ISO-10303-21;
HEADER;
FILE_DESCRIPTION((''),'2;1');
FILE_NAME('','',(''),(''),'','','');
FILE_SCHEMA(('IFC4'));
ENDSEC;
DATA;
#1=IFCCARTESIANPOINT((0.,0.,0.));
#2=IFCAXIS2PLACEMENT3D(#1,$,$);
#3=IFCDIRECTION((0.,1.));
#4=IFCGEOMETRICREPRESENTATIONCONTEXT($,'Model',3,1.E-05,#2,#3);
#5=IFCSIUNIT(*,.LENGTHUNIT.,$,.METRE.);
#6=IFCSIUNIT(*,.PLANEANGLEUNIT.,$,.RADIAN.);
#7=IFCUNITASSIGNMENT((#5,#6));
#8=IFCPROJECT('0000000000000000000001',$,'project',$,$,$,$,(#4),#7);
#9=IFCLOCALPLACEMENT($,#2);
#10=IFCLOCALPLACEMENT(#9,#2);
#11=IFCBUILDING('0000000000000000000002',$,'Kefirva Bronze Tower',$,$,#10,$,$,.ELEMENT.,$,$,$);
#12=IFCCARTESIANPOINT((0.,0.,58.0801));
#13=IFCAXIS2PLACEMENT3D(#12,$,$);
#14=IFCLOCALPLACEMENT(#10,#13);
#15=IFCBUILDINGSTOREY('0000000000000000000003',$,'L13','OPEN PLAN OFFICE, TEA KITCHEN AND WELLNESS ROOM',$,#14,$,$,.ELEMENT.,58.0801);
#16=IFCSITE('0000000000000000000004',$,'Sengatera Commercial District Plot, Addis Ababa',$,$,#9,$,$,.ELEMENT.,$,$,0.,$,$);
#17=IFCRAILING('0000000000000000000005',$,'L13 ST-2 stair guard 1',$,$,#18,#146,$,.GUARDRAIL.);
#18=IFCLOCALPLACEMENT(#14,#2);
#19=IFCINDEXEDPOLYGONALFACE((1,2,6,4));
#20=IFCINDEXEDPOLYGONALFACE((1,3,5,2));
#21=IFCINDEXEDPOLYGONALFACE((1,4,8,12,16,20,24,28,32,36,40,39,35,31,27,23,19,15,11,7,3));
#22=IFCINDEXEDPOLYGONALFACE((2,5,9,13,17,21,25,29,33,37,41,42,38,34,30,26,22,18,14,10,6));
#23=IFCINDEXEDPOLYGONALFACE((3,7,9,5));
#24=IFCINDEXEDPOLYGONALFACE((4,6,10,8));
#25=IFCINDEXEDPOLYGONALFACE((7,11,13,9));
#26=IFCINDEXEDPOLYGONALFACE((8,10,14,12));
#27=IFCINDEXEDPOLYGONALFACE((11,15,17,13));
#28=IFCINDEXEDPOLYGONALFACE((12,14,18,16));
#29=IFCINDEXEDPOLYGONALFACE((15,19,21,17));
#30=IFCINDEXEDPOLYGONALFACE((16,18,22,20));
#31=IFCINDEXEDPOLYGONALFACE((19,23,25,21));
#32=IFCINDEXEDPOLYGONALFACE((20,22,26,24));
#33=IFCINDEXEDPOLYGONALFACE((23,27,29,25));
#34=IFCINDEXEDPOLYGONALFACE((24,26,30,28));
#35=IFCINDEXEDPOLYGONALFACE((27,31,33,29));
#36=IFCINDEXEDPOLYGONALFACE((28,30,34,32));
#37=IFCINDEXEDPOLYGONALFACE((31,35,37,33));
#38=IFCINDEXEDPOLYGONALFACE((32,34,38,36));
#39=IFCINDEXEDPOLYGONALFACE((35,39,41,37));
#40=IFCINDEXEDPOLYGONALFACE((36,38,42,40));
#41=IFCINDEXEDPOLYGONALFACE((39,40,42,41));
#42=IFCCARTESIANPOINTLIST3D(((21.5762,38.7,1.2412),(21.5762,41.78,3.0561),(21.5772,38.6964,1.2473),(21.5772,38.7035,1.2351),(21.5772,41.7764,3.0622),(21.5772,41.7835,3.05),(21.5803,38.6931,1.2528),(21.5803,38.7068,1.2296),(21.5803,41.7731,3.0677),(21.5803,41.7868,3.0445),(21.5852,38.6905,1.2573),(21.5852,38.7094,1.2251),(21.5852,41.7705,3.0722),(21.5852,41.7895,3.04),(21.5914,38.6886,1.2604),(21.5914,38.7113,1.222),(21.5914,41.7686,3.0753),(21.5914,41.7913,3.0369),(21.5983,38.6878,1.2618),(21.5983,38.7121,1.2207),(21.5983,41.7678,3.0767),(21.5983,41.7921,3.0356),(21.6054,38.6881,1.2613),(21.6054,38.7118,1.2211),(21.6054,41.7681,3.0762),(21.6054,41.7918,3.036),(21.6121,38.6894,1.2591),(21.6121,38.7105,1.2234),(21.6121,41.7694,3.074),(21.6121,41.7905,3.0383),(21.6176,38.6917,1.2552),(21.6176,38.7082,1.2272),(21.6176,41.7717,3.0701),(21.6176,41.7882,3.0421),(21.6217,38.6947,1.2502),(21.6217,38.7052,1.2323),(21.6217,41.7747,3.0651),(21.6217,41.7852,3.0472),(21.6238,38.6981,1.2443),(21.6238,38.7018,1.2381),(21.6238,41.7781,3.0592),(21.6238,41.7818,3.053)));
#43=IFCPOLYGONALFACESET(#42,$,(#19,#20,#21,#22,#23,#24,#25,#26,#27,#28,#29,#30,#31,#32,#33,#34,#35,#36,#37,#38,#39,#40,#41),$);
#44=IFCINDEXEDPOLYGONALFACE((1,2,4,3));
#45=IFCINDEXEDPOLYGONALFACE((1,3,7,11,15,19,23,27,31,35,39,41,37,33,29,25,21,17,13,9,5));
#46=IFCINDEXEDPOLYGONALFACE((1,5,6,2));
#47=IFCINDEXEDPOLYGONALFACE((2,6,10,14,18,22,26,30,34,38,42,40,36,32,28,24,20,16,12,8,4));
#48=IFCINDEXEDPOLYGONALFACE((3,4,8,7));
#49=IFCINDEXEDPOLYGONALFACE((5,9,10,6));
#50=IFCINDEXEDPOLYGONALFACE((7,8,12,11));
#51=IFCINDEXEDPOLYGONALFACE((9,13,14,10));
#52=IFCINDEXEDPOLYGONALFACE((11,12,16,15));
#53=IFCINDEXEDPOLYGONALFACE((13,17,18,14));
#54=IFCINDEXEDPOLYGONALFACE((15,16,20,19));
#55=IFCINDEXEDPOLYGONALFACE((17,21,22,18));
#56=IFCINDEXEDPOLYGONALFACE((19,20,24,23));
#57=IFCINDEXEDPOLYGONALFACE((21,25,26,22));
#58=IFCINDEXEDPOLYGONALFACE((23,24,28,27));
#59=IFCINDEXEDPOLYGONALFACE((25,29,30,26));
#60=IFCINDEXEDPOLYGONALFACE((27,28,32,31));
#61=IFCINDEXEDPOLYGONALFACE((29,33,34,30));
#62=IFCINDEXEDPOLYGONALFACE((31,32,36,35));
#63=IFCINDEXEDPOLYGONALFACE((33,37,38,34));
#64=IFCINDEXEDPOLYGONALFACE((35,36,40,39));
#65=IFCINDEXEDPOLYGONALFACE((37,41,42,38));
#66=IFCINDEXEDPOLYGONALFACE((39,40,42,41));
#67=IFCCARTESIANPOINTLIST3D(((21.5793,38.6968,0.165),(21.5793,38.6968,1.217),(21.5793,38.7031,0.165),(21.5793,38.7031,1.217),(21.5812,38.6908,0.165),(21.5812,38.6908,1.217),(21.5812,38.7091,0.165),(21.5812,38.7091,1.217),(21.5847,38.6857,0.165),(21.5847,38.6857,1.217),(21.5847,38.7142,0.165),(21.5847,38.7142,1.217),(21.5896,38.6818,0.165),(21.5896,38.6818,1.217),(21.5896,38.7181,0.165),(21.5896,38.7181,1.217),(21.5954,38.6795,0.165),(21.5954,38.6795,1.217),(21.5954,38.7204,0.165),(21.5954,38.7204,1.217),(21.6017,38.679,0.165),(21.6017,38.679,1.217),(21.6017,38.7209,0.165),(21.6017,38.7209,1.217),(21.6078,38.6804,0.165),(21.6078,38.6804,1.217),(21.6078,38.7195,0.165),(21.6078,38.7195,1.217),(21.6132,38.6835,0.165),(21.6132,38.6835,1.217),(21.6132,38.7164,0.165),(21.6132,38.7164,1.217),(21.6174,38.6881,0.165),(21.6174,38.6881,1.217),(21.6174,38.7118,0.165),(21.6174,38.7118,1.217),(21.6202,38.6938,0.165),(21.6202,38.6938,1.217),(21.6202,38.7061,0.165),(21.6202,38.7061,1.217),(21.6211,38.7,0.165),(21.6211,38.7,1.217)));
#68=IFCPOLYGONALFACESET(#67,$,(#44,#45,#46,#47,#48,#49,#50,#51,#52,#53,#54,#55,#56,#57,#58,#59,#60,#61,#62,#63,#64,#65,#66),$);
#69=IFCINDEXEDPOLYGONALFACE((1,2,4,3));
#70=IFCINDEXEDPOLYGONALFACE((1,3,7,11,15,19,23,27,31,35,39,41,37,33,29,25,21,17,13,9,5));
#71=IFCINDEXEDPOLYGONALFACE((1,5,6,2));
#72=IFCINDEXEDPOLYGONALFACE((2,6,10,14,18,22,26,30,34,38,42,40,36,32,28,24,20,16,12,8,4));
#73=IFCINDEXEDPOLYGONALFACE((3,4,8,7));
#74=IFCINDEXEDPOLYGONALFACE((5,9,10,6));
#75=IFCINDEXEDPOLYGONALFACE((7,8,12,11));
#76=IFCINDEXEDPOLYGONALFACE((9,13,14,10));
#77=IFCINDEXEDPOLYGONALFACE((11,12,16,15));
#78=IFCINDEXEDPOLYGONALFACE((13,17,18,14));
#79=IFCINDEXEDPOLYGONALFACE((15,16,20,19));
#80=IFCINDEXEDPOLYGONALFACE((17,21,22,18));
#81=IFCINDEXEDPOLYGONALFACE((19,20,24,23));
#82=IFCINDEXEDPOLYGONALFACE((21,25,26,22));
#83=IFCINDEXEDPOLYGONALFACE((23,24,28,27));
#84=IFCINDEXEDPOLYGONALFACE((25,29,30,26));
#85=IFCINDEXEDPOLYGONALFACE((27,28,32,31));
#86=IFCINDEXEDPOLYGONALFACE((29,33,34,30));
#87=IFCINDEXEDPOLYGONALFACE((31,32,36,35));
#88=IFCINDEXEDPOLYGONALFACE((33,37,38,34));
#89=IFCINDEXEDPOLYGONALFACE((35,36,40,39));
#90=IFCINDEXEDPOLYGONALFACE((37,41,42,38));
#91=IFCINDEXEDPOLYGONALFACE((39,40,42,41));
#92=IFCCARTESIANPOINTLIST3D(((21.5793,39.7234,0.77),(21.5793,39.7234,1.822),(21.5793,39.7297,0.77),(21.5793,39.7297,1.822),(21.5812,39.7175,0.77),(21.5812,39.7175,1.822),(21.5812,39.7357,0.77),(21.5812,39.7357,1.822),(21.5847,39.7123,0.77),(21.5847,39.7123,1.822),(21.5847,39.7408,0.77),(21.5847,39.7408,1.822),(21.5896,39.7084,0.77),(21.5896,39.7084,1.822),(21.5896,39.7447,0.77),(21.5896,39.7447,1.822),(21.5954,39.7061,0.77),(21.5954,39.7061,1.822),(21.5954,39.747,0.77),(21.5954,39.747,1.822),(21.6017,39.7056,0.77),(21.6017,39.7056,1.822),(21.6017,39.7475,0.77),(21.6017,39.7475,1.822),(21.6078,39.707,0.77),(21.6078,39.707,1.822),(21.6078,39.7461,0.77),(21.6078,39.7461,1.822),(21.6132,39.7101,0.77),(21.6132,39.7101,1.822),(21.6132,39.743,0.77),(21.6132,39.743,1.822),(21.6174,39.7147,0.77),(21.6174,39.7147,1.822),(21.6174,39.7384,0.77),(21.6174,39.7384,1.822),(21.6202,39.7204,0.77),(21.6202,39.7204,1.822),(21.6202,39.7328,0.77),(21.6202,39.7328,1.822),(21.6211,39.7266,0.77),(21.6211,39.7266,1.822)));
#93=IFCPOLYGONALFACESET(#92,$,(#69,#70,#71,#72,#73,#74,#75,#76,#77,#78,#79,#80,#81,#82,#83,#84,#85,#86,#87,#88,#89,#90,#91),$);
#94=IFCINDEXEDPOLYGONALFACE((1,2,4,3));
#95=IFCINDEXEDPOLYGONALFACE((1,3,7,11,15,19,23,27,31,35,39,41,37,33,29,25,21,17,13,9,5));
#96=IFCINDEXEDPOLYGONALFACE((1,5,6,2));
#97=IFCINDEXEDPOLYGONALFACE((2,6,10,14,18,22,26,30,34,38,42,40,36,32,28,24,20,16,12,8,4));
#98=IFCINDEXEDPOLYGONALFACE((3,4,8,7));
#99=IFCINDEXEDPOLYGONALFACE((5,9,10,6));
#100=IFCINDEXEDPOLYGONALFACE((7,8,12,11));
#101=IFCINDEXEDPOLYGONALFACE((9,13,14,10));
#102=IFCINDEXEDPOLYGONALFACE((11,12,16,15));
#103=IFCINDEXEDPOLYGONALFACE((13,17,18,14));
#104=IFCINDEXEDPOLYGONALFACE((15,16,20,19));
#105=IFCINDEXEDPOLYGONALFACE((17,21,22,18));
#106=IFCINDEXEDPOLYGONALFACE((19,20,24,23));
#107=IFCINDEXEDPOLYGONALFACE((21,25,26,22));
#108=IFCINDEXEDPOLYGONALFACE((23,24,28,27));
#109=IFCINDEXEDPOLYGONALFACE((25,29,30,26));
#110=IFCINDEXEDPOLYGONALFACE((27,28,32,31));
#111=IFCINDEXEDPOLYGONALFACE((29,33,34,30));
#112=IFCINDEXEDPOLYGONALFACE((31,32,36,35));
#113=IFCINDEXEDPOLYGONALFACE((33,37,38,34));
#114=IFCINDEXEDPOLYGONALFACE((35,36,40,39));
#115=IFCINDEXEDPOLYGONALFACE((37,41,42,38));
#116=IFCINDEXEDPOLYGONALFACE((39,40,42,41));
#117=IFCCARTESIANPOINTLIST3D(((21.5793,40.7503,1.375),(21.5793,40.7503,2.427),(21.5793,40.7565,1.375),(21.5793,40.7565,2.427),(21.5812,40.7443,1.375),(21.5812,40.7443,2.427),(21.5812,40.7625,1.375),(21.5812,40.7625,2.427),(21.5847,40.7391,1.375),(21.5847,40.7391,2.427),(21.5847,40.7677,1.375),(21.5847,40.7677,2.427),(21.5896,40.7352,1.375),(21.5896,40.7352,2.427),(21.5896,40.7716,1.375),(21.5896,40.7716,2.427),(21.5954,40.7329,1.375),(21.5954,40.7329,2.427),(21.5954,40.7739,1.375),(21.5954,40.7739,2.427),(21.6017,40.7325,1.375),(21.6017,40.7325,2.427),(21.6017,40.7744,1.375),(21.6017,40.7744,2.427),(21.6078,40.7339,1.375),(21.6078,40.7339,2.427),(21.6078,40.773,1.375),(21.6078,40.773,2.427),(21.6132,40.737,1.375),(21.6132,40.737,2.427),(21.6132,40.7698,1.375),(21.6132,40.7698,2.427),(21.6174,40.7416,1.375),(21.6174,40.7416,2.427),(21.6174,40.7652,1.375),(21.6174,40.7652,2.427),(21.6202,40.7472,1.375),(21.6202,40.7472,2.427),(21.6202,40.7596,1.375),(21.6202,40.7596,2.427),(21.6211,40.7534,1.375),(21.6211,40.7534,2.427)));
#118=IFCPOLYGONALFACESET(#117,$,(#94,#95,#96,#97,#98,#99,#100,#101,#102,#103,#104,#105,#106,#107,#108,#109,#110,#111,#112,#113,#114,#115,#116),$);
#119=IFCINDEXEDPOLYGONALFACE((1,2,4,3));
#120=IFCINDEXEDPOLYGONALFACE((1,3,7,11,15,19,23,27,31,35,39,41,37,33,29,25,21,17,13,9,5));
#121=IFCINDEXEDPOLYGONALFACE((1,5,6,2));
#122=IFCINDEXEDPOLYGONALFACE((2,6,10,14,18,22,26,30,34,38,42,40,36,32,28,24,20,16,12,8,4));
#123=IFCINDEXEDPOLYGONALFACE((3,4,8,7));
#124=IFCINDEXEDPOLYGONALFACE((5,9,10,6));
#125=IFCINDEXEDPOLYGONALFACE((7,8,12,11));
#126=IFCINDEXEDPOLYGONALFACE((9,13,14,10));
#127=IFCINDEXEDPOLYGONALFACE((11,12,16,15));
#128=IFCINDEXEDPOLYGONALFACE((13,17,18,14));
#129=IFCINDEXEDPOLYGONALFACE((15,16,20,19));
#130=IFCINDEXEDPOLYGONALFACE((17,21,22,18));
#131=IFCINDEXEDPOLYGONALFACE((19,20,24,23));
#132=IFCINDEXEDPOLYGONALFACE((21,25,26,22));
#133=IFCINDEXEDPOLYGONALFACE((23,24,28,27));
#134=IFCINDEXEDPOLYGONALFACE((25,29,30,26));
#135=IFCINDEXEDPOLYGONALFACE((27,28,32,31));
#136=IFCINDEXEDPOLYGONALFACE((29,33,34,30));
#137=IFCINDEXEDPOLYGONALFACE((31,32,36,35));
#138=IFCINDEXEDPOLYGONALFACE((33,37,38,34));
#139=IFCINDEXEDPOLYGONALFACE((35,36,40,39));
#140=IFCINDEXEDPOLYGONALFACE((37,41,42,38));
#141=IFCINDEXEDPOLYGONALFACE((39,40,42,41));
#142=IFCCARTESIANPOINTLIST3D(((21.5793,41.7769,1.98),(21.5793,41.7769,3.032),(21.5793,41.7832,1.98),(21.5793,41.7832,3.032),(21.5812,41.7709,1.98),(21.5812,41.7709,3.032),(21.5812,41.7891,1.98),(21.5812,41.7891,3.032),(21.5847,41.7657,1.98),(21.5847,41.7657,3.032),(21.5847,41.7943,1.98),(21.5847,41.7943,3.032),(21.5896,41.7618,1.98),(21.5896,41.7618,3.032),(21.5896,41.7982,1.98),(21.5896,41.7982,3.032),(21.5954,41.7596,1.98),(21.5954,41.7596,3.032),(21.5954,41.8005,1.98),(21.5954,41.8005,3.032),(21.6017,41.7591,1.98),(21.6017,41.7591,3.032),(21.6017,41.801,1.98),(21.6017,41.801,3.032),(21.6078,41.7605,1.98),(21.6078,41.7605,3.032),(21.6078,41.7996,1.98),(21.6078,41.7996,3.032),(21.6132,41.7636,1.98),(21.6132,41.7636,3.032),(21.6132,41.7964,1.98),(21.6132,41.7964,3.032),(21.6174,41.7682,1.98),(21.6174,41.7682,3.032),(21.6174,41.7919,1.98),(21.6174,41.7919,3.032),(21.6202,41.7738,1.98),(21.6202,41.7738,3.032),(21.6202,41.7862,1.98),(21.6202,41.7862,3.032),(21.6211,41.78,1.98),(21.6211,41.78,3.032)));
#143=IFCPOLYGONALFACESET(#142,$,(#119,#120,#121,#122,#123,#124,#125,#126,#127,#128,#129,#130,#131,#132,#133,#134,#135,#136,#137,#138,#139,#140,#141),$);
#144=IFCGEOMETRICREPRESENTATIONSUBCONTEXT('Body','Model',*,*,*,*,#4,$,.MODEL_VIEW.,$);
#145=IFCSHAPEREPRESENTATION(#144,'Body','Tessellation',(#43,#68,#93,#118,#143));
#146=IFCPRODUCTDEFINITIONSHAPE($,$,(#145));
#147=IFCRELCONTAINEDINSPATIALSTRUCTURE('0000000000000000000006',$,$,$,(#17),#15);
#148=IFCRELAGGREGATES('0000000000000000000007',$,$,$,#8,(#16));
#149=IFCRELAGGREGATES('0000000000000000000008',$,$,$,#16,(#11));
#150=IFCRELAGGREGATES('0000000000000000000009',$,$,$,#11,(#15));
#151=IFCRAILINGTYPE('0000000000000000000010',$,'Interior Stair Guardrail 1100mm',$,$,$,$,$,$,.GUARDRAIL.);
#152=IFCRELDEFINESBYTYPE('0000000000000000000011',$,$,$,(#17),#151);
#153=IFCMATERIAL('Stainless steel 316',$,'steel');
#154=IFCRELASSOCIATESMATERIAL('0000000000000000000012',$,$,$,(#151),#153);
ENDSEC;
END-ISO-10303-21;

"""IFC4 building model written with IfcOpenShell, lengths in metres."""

from ifc_helpers import new_model, si_unit, direction, frame, origin, origin_2d, place, context, subcontext, project, spatial, circle, extrude, material, type_object, element, save


model = new_model("IFC4")

# Units and contexts
model_context = context("Model", 3, precision=1e-05, world=origin(), true_north=direction((0.0, 1.0)))
body_context = subcontext(model_context, "Body", "Model", "MODEL_VIEW")
ifc_project = project(units=[si_unit("LENGTHUNIT", "METRE"), si_unit("PLANEANGLEUNIT", "RADIAN")], contexts=[model_context])

# Site, building, storey
site_placement = place(None, origin())
site = spatial("IfcSite", under=ifc_project, at=site_placement, Name="Sengatera Commercial District Plot, Addis Ababa", CompositionType="ELEMENT", RefElevation=0.0)
building_placement = place(site_placement, origin())
building = spatial("IfcBuilding", under=site, at=building_placement, Name="Kefirva Bronze Tower", CompositionType="ELEMENT")
storey_placement = place(building_placement, frame((0.0, 0.0, 58.0801)))
storey = spatial("IfcBuildingStorey", under=building, at=storey_placement, Name="L13", Description="OPEN PLAN OFFICE, TEA KITCHEN AND WELLNESS ROOM", CompositionType="ELEMENT", Elevation=58.0801)

# Railing
ifc_material_1 = material(Name="Stainless steel 316", Category="steel")
railing_type_1 = type_object("IfcRailingType", Name="Interior Stair Guardrail 1100mm", PredefinedType="GUARDRAIL", material=ifc_material_1)
railing_1_placement = place(storey_placement, frame((21.6001, 38.7, 0.165)))
element("IfcRailing", 1, at=railing_1_placement, inside=storey, type_object=railing_type_1, Name="L13 ST-2 stair guard 1", PredefinedType="GUARDRAIL", context=body_context, shape_type="SweptSolid", body=[
    extrude(circle(Radius=0.0239, at=origin_2d()), frame((0.0, 0.0, 1.0762), z_axis=(0.0, 0.861551, 0.507671), x_axis=(-1.0, 0.0, 0.0)), (0.0, 0.0, 1.0), 3.575),
    extrude(circle(Radius=0.021, at=origin_2d()), origin(), (0.0, 0.0, 1.0), 1.052),
    extrude(circle(Radius=0.021, at=origin_2d()), frame((0.0, 1.0266, 0.605)), (0.0, 0.0, 1.0), 1.052),
    extrude(circle(Radius=0.021, at=origin_2d()), frame((0.0, 2.0535, 1.21)), (0.0, 0.0, 1.0), 1.052),
    extrude(circle(Radius=0.021, at=origin_2d()), frame((0.0, 3.0801, 1.8149)), (0.0, 0.0, 1.0), 1.052),
])

save(model, "model.ifc")
